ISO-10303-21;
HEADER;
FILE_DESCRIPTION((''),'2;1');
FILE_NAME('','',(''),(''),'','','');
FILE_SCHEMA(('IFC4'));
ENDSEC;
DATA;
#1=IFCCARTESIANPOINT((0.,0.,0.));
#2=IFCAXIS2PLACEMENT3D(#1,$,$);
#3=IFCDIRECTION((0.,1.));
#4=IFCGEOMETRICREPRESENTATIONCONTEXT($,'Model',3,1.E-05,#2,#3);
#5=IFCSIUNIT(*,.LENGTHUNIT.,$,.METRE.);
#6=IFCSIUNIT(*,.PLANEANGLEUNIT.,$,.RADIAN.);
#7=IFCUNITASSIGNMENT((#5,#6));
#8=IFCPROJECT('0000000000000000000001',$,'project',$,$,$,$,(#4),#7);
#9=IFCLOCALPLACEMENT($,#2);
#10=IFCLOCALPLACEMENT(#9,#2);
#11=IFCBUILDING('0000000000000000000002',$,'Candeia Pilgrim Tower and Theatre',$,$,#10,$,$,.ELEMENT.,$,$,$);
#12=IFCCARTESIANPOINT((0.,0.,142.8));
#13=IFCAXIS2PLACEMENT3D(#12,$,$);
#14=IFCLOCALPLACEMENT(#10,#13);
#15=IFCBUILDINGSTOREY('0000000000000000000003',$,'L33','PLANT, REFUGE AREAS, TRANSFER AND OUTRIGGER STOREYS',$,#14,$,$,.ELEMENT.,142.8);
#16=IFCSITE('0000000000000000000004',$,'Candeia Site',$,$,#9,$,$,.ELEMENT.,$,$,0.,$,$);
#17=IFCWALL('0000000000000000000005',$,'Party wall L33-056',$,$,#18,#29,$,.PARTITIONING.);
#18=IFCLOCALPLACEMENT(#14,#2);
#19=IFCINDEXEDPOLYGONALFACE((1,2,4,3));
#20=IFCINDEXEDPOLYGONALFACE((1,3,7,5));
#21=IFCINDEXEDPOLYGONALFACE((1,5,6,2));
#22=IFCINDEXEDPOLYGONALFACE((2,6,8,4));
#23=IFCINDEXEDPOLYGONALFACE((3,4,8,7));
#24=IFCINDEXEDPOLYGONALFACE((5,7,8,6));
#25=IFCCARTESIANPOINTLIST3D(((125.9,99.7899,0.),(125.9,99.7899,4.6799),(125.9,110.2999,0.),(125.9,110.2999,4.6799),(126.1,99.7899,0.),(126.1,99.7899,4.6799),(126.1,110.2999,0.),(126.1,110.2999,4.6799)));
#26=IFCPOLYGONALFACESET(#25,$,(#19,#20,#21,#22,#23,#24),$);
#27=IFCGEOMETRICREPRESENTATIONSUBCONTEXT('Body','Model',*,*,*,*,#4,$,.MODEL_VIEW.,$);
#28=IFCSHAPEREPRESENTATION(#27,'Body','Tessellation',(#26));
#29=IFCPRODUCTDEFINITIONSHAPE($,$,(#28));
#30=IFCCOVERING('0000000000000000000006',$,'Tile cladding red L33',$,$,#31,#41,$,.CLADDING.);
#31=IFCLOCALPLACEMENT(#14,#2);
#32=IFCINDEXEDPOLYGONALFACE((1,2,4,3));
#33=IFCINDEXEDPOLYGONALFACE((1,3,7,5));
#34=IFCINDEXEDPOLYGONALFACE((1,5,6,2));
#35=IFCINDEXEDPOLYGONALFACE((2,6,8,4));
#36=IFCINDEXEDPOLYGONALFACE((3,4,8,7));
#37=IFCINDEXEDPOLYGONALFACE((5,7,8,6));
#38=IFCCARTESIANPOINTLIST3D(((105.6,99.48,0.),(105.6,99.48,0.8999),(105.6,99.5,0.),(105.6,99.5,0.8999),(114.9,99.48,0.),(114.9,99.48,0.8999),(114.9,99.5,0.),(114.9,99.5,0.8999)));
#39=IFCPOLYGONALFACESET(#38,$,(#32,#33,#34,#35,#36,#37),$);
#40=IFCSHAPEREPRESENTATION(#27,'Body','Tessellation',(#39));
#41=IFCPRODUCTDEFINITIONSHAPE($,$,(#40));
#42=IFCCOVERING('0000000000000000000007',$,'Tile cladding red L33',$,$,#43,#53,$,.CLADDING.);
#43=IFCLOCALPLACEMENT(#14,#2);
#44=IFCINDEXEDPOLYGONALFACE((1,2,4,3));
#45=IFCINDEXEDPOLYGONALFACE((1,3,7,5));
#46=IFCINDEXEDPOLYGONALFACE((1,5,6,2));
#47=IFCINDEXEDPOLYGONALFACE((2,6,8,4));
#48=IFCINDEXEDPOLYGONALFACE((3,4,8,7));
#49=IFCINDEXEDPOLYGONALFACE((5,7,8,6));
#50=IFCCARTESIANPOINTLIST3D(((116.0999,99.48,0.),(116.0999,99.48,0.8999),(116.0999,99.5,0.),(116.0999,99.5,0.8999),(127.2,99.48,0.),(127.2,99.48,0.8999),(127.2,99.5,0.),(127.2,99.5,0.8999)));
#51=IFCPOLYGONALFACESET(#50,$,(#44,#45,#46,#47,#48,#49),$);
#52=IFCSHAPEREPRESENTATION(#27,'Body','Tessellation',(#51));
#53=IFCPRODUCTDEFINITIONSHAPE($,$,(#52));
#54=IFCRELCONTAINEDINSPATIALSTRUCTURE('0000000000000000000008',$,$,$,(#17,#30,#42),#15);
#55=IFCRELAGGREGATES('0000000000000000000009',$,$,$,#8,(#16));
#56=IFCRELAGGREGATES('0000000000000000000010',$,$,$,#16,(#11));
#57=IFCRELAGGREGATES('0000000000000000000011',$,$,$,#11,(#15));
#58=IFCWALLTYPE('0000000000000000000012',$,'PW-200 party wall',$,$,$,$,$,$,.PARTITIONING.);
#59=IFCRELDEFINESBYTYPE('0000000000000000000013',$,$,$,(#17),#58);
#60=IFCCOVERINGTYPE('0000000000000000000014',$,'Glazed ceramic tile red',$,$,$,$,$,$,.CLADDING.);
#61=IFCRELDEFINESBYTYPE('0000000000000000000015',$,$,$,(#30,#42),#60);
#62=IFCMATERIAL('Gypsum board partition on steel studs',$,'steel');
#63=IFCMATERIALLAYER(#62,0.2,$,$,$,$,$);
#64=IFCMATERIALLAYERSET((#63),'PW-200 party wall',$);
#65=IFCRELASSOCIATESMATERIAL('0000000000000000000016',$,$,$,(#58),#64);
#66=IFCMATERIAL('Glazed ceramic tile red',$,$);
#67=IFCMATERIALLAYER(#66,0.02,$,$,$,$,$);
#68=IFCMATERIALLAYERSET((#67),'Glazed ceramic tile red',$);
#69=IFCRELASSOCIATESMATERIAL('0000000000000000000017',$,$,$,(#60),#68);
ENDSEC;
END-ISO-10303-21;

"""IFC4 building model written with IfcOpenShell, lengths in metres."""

from ifc_helpers import new_model, si_unit, direction, frame, frame_2d, origin, origin_2d, place, context, subcontext, project, spatial, rectangle, extrude, material, layer, layer_set, type_object, element, save


model = new_model("IFC4")

# Units and contexts
model_context = context("Model", 3, precision=1e-05, world=origin(), true_north=direction((0.0, 1.0)))
body_context = subcontext(model_context, "Body", "Model", "MODEL_VIEW")
ifc_project = project(units=[si_unit("LENGTHUNIT", "METRE"), si_unit("PLANEANGLEUNIT", "RADIAN")], contexts=[model_context])

# Site, building, storey
site_placement = place(None, origin())
site = spatial("IfcSite", under=ifc_project, at=site_placement, Name="Candeia Site", CompositionType="ELEMENT", RefElevation=0.0)
building_placement = place(site_placement, origin())
building = spatial("IfcBuilding", under=site, at=building_placement, Name="Candeia Pilgrim Tower and Theatre", CompositionType="ELEMENT")
storey_placement = place(building_placement, frame((0.0, 0.0, 142.8)))
storey = spatial("IfcBuildingStorey", under=building, at=storey_placement, Name="L33", Description="PLANT, REFUGE AREAS, TRANSFER AND OUTRIGGER STOREYS", CompositionType="ELEMENT", Elevation=142.8)

# Wall
ifc_material_1 = material(Name="Gypsum board partition on steel studs", Category="steel")
ifc_layer_1 = layer(ifc_material_1, 0.2)
ifc_layer_set_1 = layer_set([ifc_layer_1], Name="PW-200 party wall")
wall_type = type_object("IfcWallType", Name="PW-200 party wall", PredefinedType="PARTITIONING", material=ifc_layer_set_1)
wall_placement = place(storey_placement, frame((126.0, 99.79, 0.0), z_axis=(0.0, 0.0, 1.0), x_axis=(0.0, 1.0, 0.0)))
element("IfcWall", 1, at=wall_placement, inside=storey, type_object=wall_type, Name="Party wall L33-056", PredefinedType="PARTITIONING", context=body_context, shape_type="SweptSolid", body=[
    extrude(rectangle(XDim=10.51, YDim=0.2, at=frame_2d((5.2549, 0.0))), origin(), (0.0, 0.0, 1.0), 4.6799),
])

# Coverings
ifc_material_2 = material(Name="Glazed ceramic tile red")
ifc_layer_2 = layer(ifc_material_2, 0.02)
ifc_layer_set_2 = layer_set([ifc_layer_2], Name="Glazed ceramic tile red")
covering_type = type_object("IfcCoveringType", Name="Glazed ceramic tile red", PredefinedType="CLADDING", material=ifc_layer_set_2)
covering_1_placement = place(storey_placement, frame((110.25, 99.49, 0.0), z_axis=(0.0, 0.0, 1.0), x_axis=(1.0, 0.0, 0.0)))
element("IfcCovering", 2, at=covering_1_placement, inside=storey, type_object=covering_type, Name="Tile cladding red L33", PredefinedType="CLADDING", context=body_context, shape_type="SweptSolid", body=[
    extrude(rectangle(XDim=9.3, YDim=0.02, at=origin_2d()), origin(), (0.0, 0.0, 1.0), 0.8999),
])
covering_2_placement = place(storey_placement, frame((121.6499, 99.49, 0.0), z_axis=(0.0, 0.0, 1.0), x_axis=(1.0, 0.0, 0.0)))
element("IfcCovering", 3, at=covering_2_placement, inside=storey, type_object=covering_type, Name="Tile cladding red L33", PredefinedType="CLADDING", context=body_context, shape_type="SweptSolid", body=[
    extrude(rectangle(XDim=11.1001, YDim=0.02, at=origin_2d()), origin(), (0.0, 0.0, 1.0), 0.8999),
])

save(model, "model.ifc")
